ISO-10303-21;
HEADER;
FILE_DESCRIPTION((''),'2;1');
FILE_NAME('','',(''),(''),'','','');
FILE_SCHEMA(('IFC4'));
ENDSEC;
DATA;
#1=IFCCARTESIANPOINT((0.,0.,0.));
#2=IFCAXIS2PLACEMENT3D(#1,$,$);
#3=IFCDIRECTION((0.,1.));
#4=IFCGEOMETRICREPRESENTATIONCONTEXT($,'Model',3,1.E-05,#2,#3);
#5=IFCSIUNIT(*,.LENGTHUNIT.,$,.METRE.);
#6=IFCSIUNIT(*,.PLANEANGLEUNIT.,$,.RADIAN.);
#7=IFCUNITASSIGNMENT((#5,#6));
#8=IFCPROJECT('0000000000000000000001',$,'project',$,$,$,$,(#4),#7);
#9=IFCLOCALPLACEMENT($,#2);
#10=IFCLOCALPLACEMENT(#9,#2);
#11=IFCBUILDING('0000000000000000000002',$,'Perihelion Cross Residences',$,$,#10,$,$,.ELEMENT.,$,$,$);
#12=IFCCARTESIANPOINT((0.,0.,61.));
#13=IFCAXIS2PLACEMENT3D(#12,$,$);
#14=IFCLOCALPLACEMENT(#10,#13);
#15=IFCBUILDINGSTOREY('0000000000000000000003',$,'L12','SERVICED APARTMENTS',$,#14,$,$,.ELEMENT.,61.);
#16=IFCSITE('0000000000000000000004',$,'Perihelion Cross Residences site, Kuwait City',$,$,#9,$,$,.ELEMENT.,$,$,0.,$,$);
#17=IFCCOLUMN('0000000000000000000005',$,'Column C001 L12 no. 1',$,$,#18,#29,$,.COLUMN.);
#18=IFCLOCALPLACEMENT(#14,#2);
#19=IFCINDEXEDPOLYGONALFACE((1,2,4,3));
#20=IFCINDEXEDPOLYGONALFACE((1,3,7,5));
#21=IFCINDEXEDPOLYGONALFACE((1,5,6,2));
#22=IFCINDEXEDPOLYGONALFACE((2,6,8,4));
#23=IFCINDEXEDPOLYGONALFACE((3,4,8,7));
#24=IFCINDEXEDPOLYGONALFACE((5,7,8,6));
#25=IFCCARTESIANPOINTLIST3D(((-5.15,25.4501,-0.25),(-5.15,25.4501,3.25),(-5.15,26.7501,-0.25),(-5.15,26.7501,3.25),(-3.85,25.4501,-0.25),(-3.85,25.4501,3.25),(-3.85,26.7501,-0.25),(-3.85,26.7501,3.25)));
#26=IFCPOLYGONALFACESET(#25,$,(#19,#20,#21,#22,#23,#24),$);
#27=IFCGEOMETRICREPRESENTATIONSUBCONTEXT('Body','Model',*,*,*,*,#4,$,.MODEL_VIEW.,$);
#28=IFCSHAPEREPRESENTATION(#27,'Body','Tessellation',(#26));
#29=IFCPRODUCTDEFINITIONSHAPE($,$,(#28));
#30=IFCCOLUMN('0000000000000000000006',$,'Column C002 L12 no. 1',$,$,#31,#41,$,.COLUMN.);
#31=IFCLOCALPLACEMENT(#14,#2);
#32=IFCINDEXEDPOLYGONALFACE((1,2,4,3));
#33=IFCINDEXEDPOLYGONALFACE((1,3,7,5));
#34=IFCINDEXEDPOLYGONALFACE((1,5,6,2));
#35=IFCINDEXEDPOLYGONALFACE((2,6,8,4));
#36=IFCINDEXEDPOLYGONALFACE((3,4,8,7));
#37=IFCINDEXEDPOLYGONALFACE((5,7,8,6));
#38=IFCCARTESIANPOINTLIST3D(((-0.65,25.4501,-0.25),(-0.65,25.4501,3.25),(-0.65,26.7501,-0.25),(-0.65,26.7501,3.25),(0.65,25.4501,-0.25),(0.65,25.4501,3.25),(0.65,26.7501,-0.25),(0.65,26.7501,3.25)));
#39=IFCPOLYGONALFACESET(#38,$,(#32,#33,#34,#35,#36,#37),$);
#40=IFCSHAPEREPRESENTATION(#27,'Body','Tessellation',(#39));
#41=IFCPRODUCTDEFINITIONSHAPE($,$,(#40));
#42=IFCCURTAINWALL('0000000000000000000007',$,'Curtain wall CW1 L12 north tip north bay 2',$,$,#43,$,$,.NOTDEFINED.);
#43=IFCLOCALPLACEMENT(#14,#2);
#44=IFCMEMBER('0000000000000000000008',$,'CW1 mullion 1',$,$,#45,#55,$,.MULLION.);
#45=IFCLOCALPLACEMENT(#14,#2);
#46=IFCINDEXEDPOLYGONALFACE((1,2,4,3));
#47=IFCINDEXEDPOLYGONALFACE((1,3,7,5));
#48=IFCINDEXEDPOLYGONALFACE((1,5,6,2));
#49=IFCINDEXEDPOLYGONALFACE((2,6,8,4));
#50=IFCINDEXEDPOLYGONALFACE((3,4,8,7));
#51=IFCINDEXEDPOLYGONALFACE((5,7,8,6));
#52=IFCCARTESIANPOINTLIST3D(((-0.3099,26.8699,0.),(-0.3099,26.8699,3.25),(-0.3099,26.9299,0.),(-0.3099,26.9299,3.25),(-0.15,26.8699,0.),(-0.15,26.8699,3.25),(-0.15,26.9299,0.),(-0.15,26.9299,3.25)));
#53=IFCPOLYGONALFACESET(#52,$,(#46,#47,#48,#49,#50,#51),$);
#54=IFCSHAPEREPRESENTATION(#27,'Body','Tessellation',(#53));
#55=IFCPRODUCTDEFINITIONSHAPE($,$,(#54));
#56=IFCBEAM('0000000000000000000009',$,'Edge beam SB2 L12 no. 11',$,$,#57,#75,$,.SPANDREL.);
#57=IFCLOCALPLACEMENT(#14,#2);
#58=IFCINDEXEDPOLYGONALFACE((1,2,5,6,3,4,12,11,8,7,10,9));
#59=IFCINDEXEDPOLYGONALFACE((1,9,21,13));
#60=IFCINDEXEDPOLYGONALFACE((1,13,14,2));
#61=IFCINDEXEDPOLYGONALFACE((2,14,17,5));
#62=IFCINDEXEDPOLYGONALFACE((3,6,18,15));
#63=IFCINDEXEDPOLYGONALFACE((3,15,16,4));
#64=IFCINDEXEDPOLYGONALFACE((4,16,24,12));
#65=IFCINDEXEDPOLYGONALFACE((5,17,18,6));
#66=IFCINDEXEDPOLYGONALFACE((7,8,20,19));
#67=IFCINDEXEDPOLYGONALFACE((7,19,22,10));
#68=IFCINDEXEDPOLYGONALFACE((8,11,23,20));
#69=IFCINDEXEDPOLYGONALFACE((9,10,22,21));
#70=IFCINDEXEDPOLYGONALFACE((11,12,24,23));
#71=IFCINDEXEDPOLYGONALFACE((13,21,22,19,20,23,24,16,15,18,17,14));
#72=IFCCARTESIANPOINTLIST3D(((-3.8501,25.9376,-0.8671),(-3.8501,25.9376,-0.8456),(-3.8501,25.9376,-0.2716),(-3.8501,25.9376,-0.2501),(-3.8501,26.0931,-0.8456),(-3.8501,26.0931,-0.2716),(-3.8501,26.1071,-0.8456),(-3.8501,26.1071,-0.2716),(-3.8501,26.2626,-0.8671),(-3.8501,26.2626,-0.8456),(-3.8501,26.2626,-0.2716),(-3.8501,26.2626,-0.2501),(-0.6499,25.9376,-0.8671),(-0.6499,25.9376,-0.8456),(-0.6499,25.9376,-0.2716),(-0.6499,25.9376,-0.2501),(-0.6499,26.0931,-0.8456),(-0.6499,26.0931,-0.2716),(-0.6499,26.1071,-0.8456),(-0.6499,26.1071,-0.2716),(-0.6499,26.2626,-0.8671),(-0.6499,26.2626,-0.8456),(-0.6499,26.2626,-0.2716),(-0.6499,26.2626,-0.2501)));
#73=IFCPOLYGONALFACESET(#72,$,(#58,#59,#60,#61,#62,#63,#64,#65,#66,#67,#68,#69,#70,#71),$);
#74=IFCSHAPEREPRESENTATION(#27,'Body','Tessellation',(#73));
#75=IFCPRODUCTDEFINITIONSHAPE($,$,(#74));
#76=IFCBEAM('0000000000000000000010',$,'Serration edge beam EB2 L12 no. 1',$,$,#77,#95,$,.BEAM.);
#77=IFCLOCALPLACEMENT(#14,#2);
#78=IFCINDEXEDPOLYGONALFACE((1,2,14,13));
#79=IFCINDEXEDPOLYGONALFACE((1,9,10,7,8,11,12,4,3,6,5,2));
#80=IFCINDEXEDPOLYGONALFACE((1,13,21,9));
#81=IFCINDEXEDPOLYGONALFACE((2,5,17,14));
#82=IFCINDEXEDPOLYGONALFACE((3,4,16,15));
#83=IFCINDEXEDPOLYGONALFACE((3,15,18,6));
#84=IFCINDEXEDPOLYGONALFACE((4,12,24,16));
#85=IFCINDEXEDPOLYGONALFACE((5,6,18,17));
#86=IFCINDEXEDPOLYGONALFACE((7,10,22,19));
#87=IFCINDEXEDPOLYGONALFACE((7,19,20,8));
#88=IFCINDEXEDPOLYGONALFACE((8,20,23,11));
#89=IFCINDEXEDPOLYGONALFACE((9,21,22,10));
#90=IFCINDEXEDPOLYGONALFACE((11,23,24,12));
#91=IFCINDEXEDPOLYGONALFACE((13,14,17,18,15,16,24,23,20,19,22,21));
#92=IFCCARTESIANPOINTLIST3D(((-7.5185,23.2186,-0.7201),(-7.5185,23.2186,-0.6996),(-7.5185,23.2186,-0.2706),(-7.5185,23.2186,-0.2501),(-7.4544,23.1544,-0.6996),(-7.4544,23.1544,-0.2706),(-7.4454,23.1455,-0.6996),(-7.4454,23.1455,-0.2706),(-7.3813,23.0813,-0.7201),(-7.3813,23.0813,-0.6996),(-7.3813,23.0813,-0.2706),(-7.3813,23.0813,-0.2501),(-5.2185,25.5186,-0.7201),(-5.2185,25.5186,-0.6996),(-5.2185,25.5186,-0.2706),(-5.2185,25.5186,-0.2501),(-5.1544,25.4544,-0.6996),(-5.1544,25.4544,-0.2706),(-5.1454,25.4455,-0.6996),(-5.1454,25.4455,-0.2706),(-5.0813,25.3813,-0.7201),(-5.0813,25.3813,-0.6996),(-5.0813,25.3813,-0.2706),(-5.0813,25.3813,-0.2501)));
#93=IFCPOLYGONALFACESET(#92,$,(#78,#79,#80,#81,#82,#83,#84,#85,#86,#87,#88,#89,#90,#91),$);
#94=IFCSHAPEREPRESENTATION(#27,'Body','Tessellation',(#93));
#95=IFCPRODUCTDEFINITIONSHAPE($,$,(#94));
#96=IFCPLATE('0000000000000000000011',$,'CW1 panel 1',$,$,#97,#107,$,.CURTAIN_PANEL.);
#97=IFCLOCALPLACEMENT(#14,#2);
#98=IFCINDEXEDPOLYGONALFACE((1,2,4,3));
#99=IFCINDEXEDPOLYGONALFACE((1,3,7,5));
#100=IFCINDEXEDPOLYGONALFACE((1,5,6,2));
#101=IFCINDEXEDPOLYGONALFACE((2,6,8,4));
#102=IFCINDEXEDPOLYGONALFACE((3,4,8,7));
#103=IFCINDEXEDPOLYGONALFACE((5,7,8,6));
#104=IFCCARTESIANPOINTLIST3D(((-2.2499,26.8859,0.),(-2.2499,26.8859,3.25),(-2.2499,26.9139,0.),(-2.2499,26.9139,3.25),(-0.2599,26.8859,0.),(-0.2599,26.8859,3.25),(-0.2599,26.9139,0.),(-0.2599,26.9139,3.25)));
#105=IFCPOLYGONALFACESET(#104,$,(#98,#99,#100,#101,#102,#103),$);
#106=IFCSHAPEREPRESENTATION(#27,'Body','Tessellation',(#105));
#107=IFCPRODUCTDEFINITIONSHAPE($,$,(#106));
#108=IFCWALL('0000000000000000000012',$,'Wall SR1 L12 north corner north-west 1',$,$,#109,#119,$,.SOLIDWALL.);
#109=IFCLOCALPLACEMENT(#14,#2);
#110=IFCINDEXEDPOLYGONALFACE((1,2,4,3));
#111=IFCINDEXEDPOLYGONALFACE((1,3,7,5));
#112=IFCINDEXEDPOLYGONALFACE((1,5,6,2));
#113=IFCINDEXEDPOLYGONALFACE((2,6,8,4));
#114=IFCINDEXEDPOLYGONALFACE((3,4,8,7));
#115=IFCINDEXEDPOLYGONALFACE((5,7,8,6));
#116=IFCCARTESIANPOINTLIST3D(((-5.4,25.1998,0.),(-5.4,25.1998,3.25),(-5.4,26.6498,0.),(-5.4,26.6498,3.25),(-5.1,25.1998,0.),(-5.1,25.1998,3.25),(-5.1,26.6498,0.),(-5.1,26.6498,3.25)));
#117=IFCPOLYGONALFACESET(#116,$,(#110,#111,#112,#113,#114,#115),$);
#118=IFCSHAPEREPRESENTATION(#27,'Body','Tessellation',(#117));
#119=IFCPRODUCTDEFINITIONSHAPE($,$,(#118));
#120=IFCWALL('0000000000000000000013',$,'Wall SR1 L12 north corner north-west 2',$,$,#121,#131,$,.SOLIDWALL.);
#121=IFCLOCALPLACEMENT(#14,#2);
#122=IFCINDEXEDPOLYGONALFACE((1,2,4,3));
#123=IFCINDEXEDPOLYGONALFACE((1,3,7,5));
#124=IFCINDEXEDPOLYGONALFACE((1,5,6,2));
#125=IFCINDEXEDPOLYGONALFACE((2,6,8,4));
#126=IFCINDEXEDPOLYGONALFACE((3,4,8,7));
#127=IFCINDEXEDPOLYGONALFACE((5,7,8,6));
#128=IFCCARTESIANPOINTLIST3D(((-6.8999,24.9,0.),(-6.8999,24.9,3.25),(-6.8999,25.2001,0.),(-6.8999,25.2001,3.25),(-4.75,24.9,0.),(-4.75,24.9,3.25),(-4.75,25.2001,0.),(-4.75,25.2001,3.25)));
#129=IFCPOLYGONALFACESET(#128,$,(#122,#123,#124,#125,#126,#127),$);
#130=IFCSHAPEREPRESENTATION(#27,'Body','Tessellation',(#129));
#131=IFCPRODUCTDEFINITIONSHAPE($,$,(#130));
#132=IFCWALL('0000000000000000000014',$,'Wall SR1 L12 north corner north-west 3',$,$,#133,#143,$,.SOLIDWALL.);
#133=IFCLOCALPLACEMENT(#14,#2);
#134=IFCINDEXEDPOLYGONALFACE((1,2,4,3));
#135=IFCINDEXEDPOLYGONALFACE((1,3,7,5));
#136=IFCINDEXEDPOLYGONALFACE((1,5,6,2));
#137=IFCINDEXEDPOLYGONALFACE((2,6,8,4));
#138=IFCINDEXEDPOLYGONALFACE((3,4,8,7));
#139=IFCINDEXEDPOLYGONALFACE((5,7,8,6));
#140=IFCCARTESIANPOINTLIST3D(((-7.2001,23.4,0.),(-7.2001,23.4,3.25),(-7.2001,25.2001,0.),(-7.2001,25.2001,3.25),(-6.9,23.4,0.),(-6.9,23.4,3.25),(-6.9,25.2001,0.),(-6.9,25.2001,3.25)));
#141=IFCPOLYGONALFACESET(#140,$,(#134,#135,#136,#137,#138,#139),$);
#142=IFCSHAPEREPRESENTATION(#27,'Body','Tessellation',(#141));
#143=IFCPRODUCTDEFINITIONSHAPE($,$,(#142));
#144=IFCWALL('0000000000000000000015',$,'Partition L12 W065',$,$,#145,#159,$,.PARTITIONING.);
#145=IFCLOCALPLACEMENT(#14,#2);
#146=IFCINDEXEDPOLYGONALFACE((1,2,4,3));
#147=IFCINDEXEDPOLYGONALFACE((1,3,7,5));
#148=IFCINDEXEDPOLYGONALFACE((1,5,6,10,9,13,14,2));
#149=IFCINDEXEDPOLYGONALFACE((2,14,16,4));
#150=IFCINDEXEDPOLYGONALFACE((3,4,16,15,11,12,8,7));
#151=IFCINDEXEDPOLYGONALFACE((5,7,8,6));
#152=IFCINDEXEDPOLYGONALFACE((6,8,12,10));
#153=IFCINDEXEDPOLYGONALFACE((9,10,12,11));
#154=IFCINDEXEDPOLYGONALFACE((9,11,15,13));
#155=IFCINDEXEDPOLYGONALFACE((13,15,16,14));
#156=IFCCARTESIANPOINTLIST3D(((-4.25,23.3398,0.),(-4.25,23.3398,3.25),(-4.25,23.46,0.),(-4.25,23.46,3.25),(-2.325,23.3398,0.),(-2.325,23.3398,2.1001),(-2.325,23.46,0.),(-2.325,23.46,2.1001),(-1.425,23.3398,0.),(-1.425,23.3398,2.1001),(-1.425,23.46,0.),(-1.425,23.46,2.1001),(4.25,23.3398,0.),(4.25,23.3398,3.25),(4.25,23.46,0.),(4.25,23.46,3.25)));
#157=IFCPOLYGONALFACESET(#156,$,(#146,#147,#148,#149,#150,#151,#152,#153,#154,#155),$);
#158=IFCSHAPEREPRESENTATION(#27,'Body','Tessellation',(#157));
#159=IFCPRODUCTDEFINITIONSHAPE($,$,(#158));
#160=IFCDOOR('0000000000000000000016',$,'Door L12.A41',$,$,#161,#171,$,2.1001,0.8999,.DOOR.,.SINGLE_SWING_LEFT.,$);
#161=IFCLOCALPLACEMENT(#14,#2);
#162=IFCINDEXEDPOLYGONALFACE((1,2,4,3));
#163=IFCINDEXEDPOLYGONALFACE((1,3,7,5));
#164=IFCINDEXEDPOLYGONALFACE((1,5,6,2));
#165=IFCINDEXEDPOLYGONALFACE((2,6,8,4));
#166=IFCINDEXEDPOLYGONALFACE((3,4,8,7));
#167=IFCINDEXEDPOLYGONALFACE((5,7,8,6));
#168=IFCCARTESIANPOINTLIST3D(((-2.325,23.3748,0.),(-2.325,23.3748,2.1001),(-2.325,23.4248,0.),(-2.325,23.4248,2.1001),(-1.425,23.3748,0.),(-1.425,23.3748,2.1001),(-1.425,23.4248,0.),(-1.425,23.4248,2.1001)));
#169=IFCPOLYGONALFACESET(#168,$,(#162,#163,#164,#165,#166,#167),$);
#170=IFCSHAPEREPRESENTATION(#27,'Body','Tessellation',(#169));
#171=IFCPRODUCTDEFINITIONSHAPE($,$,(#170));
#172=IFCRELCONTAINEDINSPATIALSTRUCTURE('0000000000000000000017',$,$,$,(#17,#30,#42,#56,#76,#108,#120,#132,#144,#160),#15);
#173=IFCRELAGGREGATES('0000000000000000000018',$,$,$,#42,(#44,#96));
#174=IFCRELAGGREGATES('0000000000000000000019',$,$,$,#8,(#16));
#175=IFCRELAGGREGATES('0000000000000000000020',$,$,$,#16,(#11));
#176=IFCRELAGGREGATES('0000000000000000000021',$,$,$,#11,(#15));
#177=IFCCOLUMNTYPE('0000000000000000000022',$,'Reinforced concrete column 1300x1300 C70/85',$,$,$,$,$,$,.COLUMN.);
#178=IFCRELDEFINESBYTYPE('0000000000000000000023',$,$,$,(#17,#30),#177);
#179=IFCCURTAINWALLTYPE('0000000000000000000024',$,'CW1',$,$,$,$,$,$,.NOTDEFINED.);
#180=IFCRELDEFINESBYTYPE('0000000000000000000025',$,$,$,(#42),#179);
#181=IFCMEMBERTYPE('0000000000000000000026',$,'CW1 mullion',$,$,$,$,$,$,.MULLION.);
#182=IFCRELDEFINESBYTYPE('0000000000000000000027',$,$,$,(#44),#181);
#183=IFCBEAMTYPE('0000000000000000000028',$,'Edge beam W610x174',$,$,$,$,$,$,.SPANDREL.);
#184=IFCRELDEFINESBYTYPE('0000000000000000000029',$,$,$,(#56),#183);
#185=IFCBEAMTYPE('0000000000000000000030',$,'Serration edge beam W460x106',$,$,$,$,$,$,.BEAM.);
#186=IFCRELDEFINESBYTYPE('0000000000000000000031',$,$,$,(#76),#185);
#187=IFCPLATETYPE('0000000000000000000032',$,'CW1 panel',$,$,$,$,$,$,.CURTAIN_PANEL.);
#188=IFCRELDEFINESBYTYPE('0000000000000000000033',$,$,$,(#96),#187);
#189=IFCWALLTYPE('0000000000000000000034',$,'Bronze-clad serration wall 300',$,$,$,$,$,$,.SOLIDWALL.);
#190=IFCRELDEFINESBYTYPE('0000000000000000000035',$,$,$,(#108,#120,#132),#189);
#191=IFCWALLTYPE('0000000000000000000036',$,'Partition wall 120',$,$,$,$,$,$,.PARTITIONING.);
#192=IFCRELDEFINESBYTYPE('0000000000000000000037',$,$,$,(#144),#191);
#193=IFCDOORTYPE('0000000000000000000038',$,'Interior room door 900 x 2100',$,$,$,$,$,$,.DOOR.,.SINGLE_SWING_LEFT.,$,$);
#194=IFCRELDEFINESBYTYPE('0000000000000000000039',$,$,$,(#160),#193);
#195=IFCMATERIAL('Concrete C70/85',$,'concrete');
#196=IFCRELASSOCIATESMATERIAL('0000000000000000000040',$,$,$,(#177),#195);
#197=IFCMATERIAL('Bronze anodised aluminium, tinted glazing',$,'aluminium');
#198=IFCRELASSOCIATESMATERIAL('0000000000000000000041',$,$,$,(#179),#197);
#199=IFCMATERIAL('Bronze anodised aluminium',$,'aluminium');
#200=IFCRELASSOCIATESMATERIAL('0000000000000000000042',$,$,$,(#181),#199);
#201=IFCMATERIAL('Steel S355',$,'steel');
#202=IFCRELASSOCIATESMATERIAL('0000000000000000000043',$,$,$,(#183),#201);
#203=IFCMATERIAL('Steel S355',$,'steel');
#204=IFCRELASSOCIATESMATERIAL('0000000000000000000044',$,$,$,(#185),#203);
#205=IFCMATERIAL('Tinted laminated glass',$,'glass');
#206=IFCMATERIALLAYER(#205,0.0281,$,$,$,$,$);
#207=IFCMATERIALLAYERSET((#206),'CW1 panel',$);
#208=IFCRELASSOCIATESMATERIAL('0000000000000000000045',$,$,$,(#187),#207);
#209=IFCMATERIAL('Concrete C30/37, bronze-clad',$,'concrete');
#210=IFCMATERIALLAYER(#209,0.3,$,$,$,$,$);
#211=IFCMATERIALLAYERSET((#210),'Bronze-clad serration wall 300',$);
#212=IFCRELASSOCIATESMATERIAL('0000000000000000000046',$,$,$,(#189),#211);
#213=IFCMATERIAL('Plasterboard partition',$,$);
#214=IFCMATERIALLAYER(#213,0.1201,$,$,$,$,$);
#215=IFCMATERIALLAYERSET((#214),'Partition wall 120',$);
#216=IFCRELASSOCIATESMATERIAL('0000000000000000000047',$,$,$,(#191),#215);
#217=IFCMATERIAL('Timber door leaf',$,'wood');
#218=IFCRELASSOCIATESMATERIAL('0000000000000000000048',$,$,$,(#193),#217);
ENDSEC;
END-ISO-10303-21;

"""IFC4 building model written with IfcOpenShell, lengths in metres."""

from ifc_helpers import new_model, si_unit, direction, frame, frame_2d, origin, origin_2d, place, context, subcontext, project, spatial, rectangle, i_section, extrude, material, layer, layer_set, material_profile, profile_set, type_object, element, fill, aggregate, save


model = new_model("IFC4")

# Units and contexts
model_context = context("Model", 3, precision=1e-05, world=origin(), true_north=direction((0.0, 1.0)))
body_context = subcontext(model_context, "Body", "Model", "MODEL_VIEW")
ifc_project = project(units=[si_unit("LENGTHUNIT", "METRE"), si_unit("PLANEANGLEUNIT", "RADIAN")], contexts=[model_context])

# Site, building, storey
site_placement = place(None, origin())
site = spatial("IfcSite", under=ifc_project, at=site_placement, Name="Perihelion Cross Residences site, Kuwait City", CompositionType="ELEMENT", RefElevation=0.0)
building_placement = place(site_placement, origin())
building = spatial("IfcBuilding", under=site, at=building_placement, Name="Perihelion Cross Residences", CompositionType="ELEMENT")
storey_placement = place(building_placement, frame((0.0, 0.0, 61.0)))
storey = spatial("IfcBuildingStorey", under=building, at=storey_placement, Name="L12", Description="SERVICED APARTMENTS", CompositionType="ELEMENT", Elevation=61.0)

# Columns
ifc_material_1 = material(Name="Concrete C70/85", Category="concrete")
ifc_material_profile_1 = material_profile(ifc_material_1, rectangle(XDim=1.3, YDim=1.3, at=origin_2d()), Name="RC 1300x1300")
ifc_profile_set_1 = profile_set([ifc_material_profile_1], Name="Concrete C70/85")
column_type = type_object("IfcColumnType", Name="Reinforced concrete column 1300x1300 C70/85", PredefinedType="COLUMN", material=ifc_profile_set_1)
for number, where, z_axis, x_axis, name in (
    (1, (-4.5, 26.1001, -0.25), (0.0, 0.0, 1.0), (1.0, 0.0, 0.0), "Column C001 L12 no. 1"),
    (2, (0.0, 26.1001, -0.25), (0.0, 0.0, 1.0), (1.0, 0.0, 0.0), "Column C002 L12 no. 1"),
):
    element("IfcColumn", number, at=place(storey_placement, frame(where, z_axis=z_axis, x_axis=x_axis)), inside=storey, type_object=column_type, Name=name, PredefinedType="COLUMN", context=body_context, shape_type="SweptSolid", body=[
        extrude(rectangle(XDim=1.3, YDim=1.3, at=origin_2d()), origin(), (0.0, 0.0, 1.0), 3.5),
    ])

# Curtain wall, member
ifc_material_2 = material(Name="Bronze anodised aluminium, tinted glazing", Category="aluminium")
curtain_wall_type = type_object("IfcCurtainWallType", Name="CW1", PredefinedType="NOTDEFINED", material=ifc_material_2)
curtain_wall_placement = place(storey_placement, origin())
curtain_wall = element("IfcCurtainWall", 3, at=curtain_wall_placement, inside=storey, type_object=curtain_wall_type, Name="Curtain wall CW1 L12 north tip north bay 2", PredefinedType="NOTDEFINED")
ifc_material_3 = material(Name="Bronze anodised aluminium", Category="aluminium")
ifc_material_profile_2 = material_profile(ifc_material_3, rectangle(XDim=0.0601, YDim=0.1599, at=origin_2d()), Name="CW1 mullion")
ifc_profile_set_2 = profile_set([ifc_material_profile_2], Name="Bronze anodised aluminium")
member_type = type_object("IfcMemberType", Name="CW1 mullion", PredefinedType="MULLION", material=ifc_profile_set_2)
member_placement = place(storey_placement, frame((-0.23, 26.8999, 0.0), z_axis=(0.0, 0.0, 1.0), x_axis=(0.0, -1.0, 0.0)))
member = element("IfcMember", 4, at=member_placement, type_object=member_type, Name="CW1 mullion 1", PredefinedType="MULLION", context=body_context, shape_type="SweptSolid", body=[
    extrude(rectangle(XDim=0.0601, YDim=0.1599, at=origin_2d()), origin(), (0.0, 0.0, 1.0), 3.25),
])

# Beams
ifc_material_4 = material(Name="Steel S355", Category="steel")
ifc_material_profile_3 = material_profile(ifc_material_4, i_section(OverallWidth=0.325, OverallDepth=0.6169, WebThickness=0.0139, FlangeThickness=0.0215, at=origin_2d()), Name="W610x174")
ifc_profile_set_3 = profile_set([ifc_material_profile_3], Name="Steel S355")
beam_type_1 = type_object("IfcBeamType", Name="Edge beam W610x174", PredefinedType="SPANDREL", material=ifc_profile_set_3)
beam_1_placement = place(storey_placement, frame((-0.6499, 26.1001, -0.5586), z_axis=(-1.0, 0.0, 0.0), x_axis=(0.0, -1.0, 0.0)))
element("IfcBeam", 5, at=beam_1_placement, inside=storey, type_object=beam_type_1, Name="Edge beam SB2 L12 no. 11", PredefinedType="SPANDREL", context=body_context, shape_type="SweptSolid", body=[
    extrude(i_section(OverallWidth=0.325, OverallDepth=0.6169, WebThickness=0.0139, FlangeThickness=0.0215, at=origin_2d()), origin(), (0.0, 0.0, 1.0), 3.2002),
])
ifc_material_5 = material(Name="Steel S355", Category="steel")
ifc_material_profile_4 = material_profile(ifc_material_5, i_section(OverallWidth=0.1941, OverallDepth=0.47, WebThickness=0.0127, FlangeThickness=0.0205, at=origin_2d()), Name="W460x106")
ifc_profile_set_4 = profile_set([ifc_material_profile_4], Name="Steel S355")
beam_type_2 = type_object("IfcBeamType", Name="Serration edge beam W460x106", PredefinedType="BEAM", material=ifc_profile_set_4)
beam_2_placement = place(storey_placement, frame((-5.1499, 25.45, -0.4851), z_axis=(-0.707107, -0.707107, 0.0), x_axis=(0.707107, -0.707107, 0.0)))
element("IfcBeam", 6, at=beam_2_placement, inside=storey, type_object=beam_type_2, Name="Serration edge beam EB2 L12 no. 1", PredefinedType="BEAM", context=body_context, shape_type="SweptSolid", body=[
    extrude(i_section(OverallWidth=0.1941, OverallDepth=0.47, WebThickness=0.0127, FlangeThickness=0.0205, at=origin_2d()), origin(), (0.0, 0.0, 1.0), 3.2527),
])

# Plate
ifc_material_6 = material(Name="Tinted laminated glass", Category="glass")
ifc_layer_1 = layer(ifc_material_6, 0.0281)
ifc_layer_set_1 = layer_set([ifc_layer_1], Name="CW1 panel")
plate_type = type_object("IfcPlateType", Name="CW1 panel", PredefinedType="CURTAIN_PANEL", material=ifc_layer_set_1)
plate_placement = place(storey_placement, frame((-1.2549, 26.8999, 0.0), z_axis=(0.0, 0.0, 1.0), x_axis=(-1.0, 0.0, 0.0)))
plate = element("IfcPlate", 7, at=plate_placement, type_object=plate_type, Name="CW1 panel 1", PredefinedType="CURTAIN_PANEL", context=body_context, shape_type="SweptSolid", body=[
    extrude(rectangle(XDim=1.99, YDim=0.0281, at=origin_2d()), origin(), (0.0, 0.0, 1.0), 3.25),
])
aggregate(curtain_wall, [member, plate])

# Walls
ifc_material_7 = material(Name="Concrete C30/37, bronze-clad", Category="concrete")
ifc_layer_2 = layer(ifc_material_7, 0.3)
ifc_layer_set_2 = layer_set([ifc_layer_2], Name="Bronze-clad serration wall 300")
wall_type_1 = type_object("IfcWallType", Name="Bronze-clad serration wall 300", PredefinedType="SOLIDWALL", material=ifc_layer_set_2)
wall_1_placement = place(storey_placement, frame((-5.25, 26.6499, 0.0), z_axis=(0.0, 0.0, 1.0), x_axis=(0.0, -1.0, 0.0)))
element("IfcWall", 8, at=wall_1_placement, inside=storey, type_object=wall_type_1, Name="Wall SR1 L12 north corner north-west 1", PredefinedType="SOLIDWALL", context=body_context, shape_type="SweptSolid", body=[
    extrude(rectangle(XDim=1.45, YDim=0.3, at=frame_2d((0.7251, 0.0))), origin(), (0.0, 0.0, 1.0), 3.25),
])
wall_2_placement = place(storey_placement, frame((-4.75, 25.05, 0.0), z_axis=(0.0, 0.0, 1.0), x_axis=(-1.0, 0.0, 0.0)))
element("IfcWall", 9, at=wall_2_placement, inside=storey, type_object=wall_type_1, Name="Wall SR1 L12 north corner north-west 2", PredefinedType="SOLIDWALL", context=body_context, shape_type="SweptSolid", body=[
    extrude(rectangle(XDim=2.1499, YDim=0.3, at=frame_2d((1.075, 0.0))), origin(), (0.0, 0.0, 1.0), 3.25),
])
wall_3_placement = place(storey_placement, frame((-7.05, 25.2, 0.0), z_axis=(0.0, 0.0, 1.0), x_axis=(0.0, -1.0, 0.0)))
element("IfcWall", 10, at=wall_3_placement, inside=storey, type_object=wall_type_1, Name="Wall SR1 L12 north corner north-west 3", PredefinedType="SOLIDWALL", context=body_context, shape_type="SweptSolid", body=[
    extrude(rectangle(XDim=1.8, YDim=0.3, at=frame_2d((0.8999, 0.0))), origin(), (0.0, 0.0, 1.0), 3.25),
])

# Wall, opening, door
ifc_material_8 = material(Name="Plasterboard partition")
ifc_layer_3 = layer(ifc_material_8, 0.1201)
ifc_layer_set_3 = layer_set([ifc_layer_3], Name="Partition wall 120")
wall_type_2 = type_object("IfcWallType", Name="Partition wall 120", PredefinedType="PARTITIONING", material=ifc_layer_set_3)
wall_4_placement = place(storey_placement, frame((-4.25, 23.3999, 0.0), z_axis=(0.0, 0.0, 1.0), x_axis=(1.0, 0.0, 0.0)))
wall_4 = element("IfcWall", 11, at=wall_4_placement, inside=storey, type_object=wall_type_2, Name="Partition L12 W065", PredefinedType="PARTITIONING", context=body_context, shape_type="SweptSolid", body=[
    extrude(rectangle(XDim=8.5, YDim=0.1201, at=frame_2d((4.25, 0.0))), origin(), (0.0, 0.0, 1.0), 3.25),
])
opening_1_placement = place(wall_4_placement, frame((1.925, 0.0, 0.0)))
opening_1 = element("IfcOpeningElement", 12, at=opening_1_placement, cuts=wall_4, PredefinedType="OPENING", context=body_context, shape_type="SweptSolid", body=[
    extrude(rectangle(XDim=0.8999, YDim=2.1001, at=frame_2d((0.45, 1.05))), frame((0.0, 0.0701, 0.0), z_axis=(0.0, -1.0, 0.0), x_axis=(1.0, 0.0, 0.0)), (0.0, 0.0, 1.0), 0.1401),
])
ifc_material_9 = material(Name="Timber door leaf", Category="wood")
door_type_1 = type_object("IfcDoorType", Name="Interior room door 900 x 2100", OperationType="SINGLE_SWING_LEFT", PredefinedType="DOOR", material=ifc_material_9)
door_1_placement = place(opening_1_placement, origin())
door_1 = element("IfcDoor", 13, at=door_1_placement, inside=storey, type_object=door_type_1, Name="Door L12.A41", OperationType="SINGLE_SWING_LEFT", OverallHeight=2.1001, OverallWidth=0.8999, PredefinedType="DOOR", context=body_context, shape_type="SweptSolid", body=[
    extrude(rectangle(XDim=0.8999, YDim=2.1001, at=frame_2d((0.45, 1.05))), frame((0.0, 0.0249, 0.0), z_axis=(0.0, -1.0, 0.0), x_axis=(1.0, 0.0, 0.0)), (0.0, 0.0, 1.0), 0.05),
])
fill(opening_1, door_1)

save(model, "model.ifc")
